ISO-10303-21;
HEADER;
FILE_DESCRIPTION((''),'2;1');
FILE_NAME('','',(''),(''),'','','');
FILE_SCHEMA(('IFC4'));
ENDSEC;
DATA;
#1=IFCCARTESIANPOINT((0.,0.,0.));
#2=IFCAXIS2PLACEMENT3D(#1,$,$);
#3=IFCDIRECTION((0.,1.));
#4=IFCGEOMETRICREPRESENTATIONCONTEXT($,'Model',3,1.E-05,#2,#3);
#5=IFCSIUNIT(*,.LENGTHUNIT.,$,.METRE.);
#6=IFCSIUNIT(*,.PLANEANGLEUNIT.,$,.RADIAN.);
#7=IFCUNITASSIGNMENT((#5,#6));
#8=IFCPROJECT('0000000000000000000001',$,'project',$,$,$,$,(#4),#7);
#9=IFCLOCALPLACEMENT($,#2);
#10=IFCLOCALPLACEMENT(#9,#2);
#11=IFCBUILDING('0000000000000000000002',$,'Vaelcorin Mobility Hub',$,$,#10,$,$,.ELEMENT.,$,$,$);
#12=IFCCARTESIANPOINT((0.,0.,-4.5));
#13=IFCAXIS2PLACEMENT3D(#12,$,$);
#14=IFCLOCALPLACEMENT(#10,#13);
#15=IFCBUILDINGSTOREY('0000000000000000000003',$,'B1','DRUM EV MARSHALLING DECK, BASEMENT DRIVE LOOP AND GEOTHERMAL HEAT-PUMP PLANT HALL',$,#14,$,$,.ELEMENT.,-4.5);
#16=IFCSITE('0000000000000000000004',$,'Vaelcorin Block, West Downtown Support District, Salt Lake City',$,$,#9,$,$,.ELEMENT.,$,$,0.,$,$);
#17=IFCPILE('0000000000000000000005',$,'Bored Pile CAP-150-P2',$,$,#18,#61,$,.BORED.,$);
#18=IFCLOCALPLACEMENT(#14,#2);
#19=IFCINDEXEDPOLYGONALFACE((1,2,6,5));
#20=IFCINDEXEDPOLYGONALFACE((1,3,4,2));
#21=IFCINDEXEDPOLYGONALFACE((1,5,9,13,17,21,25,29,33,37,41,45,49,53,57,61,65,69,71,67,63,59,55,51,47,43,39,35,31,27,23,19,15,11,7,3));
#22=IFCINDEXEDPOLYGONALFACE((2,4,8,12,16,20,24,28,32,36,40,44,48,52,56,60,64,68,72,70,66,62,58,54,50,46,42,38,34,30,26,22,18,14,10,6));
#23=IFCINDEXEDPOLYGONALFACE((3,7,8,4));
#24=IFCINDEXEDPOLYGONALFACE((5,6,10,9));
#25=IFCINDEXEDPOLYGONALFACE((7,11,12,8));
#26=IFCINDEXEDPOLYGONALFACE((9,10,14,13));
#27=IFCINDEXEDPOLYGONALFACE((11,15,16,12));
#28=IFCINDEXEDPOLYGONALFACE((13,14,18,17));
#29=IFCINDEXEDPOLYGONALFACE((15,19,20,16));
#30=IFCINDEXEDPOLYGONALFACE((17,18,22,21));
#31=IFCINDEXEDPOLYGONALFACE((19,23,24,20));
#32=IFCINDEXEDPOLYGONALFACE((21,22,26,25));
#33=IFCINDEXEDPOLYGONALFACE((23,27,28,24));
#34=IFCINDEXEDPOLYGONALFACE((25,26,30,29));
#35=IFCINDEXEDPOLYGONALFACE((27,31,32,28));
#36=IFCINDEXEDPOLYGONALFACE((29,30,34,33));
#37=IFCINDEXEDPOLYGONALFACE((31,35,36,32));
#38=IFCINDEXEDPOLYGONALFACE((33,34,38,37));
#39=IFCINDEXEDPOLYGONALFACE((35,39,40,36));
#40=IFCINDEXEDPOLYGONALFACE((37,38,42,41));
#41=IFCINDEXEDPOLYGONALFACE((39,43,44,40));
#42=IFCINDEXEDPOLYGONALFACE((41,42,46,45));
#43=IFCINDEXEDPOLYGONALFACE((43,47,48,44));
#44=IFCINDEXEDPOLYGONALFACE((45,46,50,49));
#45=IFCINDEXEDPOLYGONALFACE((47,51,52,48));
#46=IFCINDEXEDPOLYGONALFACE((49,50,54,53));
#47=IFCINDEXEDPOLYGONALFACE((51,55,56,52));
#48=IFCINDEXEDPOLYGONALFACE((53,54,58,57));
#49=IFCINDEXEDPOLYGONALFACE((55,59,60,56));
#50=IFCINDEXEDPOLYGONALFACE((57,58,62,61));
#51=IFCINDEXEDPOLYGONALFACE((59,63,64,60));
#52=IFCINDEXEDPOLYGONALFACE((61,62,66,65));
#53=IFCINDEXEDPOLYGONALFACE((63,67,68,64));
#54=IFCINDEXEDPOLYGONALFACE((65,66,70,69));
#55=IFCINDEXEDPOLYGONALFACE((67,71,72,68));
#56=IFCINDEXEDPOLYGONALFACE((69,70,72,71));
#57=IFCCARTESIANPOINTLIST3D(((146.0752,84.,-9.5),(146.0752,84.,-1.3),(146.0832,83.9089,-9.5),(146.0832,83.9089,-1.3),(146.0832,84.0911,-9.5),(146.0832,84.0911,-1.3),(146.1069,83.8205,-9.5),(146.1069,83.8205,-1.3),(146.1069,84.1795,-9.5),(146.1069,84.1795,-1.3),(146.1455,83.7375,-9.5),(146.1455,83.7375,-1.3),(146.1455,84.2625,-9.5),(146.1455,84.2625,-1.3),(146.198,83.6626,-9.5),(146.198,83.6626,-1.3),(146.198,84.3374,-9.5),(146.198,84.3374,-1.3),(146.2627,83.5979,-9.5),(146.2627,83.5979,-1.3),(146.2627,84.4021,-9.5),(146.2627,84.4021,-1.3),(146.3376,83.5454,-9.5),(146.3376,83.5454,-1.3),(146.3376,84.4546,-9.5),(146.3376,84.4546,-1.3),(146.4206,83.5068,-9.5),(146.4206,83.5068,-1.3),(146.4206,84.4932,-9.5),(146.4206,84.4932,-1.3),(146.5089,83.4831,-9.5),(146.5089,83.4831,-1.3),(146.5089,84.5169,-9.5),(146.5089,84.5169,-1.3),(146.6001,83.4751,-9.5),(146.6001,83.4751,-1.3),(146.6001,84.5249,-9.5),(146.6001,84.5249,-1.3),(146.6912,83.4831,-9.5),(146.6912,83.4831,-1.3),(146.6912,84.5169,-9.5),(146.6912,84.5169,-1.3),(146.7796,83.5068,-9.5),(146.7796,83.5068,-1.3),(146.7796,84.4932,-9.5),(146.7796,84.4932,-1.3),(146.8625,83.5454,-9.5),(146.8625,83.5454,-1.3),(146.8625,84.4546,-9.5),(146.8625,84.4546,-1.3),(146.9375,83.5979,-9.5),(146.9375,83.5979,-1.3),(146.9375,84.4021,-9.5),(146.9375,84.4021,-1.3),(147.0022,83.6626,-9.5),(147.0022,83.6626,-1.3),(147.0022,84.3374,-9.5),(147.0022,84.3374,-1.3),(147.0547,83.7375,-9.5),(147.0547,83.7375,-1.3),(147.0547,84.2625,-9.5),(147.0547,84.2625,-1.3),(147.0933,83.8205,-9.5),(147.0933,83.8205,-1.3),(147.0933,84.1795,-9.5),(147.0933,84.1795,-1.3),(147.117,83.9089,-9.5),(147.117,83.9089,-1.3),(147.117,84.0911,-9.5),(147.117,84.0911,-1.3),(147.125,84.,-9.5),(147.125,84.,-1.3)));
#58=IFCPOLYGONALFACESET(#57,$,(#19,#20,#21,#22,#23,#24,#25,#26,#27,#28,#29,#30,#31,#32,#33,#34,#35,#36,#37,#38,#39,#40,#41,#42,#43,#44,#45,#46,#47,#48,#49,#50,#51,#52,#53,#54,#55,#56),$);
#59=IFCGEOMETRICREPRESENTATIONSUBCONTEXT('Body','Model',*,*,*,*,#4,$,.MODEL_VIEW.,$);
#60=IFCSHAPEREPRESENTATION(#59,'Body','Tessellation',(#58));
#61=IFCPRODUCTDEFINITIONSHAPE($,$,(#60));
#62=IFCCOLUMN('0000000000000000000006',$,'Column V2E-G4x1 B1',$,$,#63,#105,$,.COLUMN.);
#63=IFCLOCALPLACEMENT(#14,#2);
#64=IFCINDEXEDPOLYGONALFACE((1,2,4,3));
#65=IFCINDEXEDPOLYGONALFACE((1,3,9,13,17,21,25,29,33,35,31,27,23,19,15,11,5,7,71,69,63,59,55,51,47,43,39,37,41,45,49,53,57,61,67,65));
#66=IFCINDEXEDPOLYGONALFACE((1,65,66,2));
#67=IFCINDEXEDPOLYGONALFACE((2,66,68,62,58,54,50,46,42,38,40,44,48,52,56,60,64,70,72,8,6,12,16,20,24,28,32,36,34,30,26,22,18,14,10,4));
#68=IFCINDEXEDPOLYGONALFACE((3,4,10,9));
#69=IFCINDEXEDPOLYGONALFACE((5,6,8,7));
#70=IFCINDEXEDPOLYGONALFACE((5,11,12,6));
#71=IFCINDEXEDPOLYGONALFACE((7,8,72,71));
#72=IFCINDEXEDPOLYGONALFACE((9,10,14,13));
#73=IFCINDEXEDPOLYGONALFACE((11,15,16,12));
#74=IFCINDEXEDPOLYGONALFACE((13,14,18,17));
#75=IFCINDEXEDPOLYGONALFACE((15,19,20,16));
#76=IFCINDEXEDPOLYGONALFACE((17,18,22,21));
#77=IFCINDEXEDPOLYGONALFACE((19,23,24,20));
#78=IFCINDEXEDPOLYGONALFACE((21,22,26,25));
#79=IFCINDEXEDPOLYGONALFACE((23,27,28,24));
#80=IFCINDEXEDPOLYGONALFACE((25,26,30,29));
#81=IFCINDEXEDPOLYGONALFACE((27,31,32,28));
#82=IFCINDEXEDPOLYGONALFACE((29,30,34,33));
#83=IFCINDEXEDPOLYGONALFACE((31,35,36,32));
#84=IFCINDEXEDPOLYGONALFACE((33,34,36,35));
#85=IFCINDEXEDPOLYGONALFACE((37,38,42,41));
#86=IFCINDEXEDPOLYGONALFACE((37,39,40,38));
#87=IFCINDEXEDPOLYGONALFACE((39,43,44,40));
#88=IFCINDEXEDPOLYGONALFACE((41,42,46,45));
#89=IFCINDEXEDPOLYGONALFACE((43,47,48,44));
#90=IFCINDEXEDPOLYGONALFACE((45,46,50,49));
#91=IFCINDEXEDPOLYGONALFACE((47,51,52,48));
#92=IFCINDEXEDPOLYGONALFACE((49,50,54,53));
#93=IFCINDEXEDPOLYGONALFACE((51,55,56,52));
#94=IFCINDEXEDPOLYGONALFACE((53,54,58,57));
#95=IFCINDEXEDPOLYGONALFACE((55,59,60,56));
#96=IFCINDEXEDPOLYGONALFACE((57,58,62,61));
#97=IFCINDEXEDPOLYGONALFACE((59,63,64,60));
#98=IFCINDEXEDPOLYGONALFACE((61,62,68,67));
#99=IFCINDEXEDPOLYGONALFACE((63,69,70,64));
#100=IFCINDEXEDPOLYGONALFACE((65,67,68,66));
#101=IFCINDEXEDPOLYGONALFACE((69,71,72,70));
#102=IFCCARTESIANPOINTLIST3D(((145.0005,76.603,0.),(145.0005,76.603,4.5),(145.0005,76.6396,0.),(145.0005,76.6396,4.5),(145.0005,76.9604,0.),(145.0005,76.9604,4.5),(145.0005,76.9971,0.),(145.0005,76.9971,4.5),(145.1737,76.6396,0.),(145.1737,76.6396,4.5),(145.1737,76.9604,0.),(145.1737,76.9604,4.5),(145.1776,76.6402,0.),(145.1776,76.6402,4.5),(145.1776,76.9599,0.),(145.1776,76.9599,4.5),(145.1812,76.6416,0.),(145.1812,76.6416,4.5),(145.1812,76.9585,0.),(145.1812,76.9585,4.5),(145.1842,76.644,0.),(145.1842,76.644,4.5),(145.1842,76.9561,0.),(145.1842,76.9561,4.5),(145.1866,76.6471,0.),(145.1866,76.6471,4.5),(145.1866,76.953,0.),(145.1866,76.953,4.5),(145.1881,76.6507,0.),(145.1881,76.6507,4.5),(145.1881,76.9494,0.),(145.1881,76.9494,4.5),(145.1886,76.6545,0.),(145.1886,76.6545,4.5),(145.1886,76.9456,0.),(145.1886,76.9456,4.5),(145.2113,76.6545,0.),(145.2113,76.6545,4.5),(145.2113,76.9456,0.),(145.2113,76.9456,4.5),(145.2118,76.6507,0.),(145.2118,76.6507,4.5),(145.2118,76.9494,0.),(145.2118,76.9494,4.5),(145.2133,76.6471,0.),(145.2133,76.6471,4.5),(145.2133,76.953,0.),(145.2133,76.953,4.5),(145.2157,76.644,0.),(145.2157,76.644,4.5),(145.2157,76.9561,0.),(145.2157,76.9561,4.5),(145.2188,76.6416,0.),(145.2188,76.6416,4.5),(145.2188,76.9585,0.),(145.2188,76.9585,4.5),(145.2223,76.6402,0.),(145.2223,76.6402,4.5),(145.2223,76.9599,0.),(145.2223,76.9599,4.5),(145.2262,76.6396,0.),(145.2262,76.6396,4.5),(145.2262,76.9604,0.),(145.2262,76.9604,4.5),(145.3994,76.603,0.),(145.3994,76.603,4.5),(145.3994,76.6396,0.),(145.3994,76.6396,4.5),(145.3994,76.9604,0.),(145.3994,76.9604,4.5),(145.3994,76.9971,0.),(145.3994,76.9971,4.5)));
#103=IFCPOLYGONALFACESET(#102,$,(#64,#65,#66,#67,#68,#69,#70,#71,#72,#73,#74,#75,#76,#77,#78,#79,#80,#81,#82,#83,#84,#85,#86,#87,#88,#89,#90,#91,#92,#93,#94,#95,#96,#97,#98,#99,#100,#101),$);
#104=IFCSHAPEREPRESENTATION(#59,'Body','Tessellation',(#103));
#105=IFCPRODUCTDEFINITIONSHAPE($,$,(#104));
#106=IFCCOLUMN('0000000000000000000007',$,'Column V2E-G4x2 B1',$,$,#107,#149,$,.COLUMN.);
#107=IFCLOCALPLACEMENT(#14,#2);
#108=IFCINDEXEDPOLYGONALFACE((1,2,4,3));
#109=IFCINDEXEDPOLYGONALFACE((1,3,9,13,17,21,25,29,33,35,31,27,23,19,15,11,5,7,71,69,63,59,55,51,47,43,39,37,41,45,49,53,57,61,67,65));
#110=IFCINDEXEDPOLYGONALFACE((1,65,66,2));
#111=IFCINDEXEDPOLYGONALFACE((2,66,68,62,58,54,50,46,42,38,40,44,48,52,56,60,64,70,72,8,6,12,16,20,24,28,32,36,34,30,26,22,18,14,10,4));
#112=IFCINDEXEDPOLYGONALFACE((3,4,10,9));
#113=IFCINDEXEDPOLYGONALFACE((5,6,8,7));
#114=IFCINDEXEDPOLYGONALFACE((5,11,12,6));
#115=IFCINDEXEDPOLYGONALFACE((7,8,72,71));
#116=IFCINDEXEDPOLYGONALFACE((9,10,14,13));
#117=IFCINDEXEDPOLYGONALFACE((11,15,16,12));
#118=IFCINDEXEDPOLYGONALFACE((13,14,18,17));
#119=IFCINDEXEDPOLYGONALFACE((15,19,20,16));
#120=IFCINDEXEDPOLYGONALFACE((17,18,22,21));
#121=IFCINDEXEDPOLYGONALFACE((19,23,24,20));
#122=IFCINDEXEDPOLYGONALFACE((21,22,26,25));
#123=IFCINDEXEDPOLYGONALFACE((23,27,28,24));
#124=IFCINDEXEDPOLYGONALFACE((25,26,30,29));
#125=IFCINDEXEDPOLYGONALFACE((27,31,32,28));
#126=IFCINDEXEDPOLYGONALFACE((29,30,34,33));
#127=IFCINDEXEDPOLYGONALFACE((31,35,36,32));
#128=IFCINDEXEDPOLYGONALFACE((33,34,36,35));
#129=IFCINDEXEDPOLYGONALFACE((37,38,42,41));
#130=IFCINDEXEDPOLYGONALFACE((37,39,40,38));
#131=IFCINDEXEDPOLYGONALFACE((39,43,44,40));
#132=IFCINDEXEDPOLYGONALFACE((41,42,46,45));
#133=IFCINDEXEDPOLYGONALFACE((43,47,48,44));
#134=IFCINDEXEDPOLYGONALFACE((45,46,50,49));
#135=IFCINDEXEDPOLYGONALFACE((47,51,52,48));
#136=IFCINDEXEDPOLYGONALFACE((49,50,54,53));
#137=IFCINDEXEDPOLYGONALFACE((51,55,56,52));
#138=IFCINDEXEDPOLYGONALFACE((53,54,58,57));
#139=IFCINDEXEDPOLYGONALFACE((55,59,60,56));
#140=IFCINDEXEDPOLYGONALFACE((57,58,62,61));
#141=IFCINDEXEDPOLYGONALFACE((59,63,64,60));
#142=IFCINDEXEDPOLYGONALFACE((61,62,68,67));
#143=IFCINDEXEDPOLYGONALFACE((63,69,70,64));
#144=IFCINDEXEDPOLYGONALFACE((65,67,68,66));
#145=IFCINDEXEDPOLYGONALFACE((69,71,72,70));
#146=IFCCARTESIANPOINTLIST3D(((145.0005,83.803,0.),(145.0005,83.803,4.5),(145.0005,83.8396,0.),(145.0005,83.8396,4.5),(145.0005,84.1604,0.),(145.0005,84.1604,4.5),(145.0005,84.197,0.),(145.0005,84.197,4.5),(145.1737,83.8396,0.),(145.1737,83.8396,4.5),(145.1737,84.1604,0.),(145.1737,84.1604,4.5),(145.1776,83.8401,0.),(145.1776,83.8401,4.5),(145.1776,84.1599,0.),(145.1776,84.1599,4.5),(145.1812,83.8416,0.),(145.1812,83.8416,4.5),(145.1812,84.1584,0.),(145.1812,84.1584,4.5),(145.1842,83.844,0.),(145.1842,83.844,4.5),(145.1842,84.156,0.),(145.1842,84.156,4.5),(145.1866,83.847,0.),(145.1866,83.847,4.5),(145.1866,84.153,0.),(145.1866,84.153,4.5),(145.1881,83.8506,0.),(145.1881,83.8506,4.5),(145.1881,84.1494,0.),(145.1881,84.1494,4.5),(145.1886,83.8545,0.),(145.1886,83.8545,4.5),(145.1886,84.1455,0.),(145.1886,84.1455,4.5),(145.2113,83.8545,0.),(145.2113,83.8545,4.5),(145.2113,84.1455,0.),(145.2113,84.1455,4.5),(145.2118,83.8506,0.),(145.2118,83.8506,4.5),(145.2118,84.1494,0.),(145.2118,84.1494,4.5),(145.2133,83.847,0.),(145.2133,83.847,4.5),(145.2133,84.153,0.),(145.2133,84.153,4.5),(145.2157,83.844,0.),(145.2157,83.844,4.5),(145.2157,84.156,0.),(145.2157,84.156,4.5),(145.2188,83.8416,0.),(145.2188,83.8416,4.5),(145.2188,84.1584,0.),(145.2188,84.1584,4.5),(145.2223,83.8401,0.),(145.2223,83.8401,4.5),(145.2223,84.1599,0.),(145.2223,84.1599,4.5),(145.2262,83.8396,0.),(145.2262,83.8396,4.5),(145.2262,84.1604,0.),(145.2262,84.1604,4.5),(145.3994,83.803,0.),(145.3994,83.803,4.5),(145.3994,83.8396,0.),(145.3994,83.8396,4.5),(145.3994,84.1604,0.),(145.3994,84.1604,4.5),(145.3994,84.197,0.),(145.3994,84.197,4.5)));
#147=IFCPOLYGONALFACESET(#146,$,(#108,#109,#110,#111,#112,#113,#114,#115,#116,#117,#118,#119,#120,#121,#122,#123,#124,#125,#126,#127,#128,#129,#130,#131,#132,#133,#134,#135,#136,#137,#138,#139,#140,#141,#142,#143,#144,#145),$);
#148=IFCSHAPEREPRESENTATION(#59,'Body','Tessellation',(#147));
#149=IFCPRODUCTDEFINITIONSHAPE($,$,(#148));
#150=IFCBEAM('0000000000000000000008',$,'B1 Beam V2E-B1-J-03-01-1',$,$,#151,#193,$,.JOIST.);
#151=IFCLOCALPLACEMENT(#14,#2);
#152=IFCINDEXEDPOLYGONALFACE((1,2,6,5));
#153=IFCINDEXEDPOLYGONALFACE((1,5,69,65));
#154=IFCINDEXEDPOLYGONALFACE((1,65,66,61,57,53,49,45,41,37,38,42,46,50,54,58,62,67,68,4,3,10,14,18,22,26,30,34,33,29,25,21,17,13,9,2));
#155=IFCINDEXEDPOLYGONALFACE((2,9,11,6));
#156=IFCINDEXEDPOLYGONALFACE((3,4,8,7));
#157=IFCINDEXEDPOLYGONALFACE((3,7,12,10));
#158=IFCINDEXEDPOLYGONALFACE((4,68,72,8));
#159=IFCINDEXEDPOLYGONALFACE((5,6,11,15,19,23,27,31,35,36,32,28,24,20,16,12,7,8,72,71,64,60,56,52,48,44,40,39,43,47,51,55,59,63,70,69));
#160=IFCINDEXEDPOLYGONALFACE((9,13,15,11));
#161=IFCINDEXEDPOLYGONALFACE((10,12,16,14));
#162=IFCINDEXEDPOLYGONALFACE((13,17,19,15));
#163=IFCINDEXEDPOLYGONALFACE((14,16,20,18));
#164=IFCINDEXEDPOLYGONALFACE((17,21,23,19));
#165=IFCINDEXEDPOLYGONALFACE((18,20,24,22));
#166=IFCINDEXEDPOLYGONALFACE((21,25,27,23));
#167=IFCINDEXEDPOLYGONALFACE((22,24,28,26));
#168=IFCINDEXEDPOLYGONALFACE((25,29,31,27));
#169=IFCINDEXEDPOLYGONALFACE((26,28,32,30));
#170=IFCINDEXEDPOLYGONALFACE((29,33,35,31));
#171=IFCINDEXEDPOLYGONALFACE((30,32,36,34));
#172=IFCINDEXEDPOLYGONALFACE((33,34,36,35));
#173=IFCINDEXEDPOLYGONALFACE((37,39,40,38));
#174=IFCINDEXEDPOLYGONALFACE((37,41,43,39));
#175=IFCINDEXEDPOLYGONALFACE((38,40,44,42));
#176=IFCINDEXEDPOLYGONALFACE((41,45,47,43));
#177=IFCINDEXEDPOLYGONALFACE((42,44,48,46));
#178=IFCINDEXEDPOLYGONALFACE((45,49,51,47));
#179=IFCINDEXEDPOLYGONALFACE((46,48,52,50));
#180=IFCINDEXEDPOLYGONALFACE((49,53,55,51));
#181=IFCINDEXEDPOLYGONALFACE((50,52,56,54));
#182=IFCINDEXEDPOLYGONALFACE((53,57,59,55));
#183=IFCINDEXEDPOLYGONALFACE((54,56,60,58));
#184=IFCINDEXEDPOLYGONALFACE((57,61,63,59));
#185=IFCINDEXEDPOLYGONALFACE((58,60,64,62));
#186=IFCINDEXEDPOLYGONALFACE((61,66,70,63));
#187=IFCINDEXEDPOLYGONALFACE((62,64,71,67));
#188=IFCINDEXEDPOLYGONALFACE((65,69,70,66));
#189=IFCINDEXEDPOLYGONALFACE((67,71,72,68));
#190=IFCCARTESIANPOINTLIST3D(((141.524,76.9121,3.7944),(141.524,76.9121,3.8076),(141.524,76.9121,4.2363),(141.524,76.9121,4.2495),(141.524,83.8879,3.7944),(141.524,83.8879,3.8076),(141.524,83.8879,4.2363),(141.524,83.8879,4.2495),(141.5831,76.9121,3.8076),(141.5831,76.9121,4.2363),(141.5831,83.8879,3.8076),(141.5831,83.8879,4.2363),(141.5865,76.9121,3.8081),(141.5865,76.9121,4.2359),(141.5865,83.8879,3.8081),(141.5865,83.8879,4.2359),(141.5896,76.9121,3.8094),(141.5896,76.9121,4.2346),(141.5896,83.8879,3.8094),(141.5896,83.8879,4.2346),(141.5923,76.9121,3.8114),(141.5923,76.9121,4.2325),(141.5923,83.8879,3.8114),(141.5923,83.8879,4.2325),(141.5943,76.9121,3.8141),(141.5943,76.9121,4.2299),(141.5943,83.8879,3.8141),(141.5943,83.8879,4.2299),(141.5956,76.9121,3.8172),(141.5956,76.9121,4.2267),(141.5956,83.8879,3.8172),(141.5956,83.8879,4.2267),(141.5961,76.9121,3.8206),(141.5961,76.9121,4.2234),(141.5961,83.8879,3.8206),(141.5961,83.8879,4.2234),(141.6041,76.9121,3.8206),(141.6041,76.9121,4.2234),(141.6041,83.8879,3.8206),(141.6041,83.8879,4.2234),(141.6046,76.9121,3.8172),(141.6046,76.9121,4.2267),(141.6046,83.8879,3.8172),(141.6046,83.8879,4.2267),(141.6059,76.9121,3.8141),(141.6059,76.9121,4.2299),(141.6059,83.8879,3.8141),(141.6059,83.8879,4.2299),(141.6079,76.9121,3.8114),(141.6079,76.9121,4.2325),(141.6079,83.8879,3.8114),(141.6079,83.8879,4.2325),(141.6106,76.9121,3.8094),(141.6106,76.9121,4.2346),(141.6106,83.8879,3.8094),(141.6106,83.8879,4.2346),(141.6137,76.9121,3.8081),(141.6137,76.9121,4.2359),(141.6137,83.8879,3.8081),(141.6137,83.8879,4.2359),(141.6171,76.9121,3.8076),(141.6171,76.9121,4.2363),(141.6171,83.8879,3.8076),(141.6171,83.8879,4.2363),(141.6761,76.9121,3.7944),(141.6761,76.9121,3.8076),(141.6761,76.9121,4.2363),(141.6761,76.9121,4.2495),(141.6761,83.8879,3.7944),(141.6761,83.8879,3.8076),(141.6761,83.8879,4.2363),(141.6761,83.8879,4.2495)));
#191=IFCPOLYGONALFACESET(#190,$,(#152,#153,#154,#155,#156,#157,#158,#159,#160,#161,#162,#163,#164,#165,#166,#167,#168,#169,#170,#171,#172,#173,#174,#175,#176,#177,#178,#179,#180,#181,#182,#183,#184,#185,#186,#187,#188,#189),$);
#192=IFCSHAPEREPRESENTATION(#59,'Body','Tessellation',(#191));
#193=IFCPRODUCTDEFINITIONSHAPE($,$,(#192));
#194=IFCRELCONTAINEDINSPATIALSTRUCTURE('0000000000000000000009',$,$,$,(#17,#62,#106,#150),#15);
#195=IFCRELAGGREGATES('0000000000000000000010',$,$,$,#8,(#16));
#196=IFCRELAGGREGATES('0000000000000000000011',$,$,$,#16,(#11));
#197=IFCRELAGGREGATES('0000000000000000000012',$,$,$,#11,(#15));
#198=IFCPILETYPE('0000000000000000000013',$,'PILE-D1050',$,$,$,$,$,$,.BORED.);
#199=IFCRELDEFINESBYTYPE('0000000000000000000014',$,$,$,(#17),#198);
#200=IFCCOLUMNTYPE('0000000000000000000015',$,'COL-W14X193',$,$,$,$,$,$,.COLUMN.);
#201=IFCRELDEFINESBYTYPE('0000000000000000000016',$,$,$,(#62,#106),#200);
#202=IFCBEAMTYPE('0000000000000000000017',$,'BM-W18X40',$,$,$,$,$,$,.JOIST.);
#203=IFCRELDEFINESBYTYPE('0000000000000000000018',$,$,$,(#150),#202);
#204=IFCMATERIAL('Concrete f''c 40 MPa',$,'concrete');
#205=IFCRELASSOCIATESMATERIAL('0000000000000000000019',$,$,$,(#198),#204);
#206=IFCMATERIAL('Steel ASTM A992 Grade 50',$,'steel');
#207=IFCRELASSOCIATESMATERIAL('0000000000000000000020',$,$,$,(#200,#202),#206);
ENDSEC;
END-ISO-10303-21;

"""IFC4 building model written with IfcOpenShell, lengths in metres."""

from ifc_helpers import new_model, si_unit, direction, frame, origin, origin_2d, place, context, subcontext, project, spatial, circle, i_section, extrude, material, material_profile, profile_set, type_object, element, save


model = new_model("IFC4")

# Units and contexts
model_context = context("Model", 3, precision=1e-05, world=origin(), true_north=direction((0.0, 1.0)))
body_context = subcontext(model_context, "Body", "Model", "MODEL_VIEW")
ifc_project = project(units=[si_unit("LENGTHUNIT", "METRE"), si_unit("PLANEANGLEUNIT", "RADIAN")], contexts=[model_context])

# Site, building, storey
site_placement = place(None, origin())
site = spatial("IfcSite", under=ifc_project, at=site_placement, Name="Vaelcorin Block, West Downtown Support District, Salt Lake City", CompositionType="ELEMENT", RefElevation=0.0)
building_placement = place(site_placement, origin())
building = spatial("IfcBuilding", under=site, at=building_placement, Name="Vaelcorin Mobility Hub", CompositionType="ELEMENT")
storey_placement = place(building_placement, frame((0.0, 0.0, -4.5)))
storey = spatial("IfcBuildingStorey", under=building, at=storey_placement, Name="B1", Description="DRUM EV MARSHALLING DECK, BASEMENT DRIVE LOOP AND GEOTHERMAL HEAT-PUMP PLANT HALL", CompositionType="ELEMENT", Elevation=-4.5)

# Shared definitions
ifc_material_1 = material(Name="Concrete f'c 40 MPa", Category="concrete")

# Pile
ifc_material_profile_1 = material_profile(ifc_material_1, circle(Radius=0.5249, at=origin_2d()), Name="BP-D1050")
ifc_profile_set_1 = profile_set([ifc_material_profile_1], Name="Concrete f'c 40 MPa")
pile_type = type_object("IfcPileType", Name="PILE-D1050", PredefinedType="BORED", material=ifc_profile_set_1)
for number, where, z_axis, x_axis, name in (
    (1, (146.6001, 84.0, -1.3), (0.0, 0.0, -1.0), (1.0, 0.0, 0.0), "Bored Pile CAP-150-P2"),
):
    element("IfcPile", number, at=place(storey_placement, frame(where, z_axis=z_axis, x_axis=x_axis)), inside=storey, type_object=pile_type, Name=name, PredefinedType="BORED", context=body_context, shape_type="SweptSolid", body=[
        extrude(circle(Radius=0.5249, at=origin_2d()), origin(), (0.0, 0.0, 1.0), 8.2),
    ])

# Columns
ifc_material_2 = material(Name="Steel ASTM A992 Grade 50", Category="steel")
ifc_material_profile_2 = material_profile(ifc_material_2, i_section(OverallWidth=0.3989, OverallDepth=0.394, WebThickness=0.0227, FlangeThickness=0.0366, FilletRadius=0.0149, at=origin_2d()), Name="W14X193")
ifc_profile_set_2 = profile_set([ifc_material_profile_2], Name="Steel ASTM A992 Grade 50")
column_type = type_object("IfcColumnType", Name="COL-W14X193", PredefinedType="COLUMN", material=ifc_profile_set_2)
for number, where, z_axis, x_axis, name in (
    (2, (145.2, 76.8, 0.0), (0.0, 0.0, 1.0), (1.0, 0.0, 0.0), "Column V2E-G4x1 B1"),
    (3, (145.2, 84.0, 0.0), (0.0, 0.0, 1.0), (1.0, 0.0, 0.0), "Column V2E-G4x2 B1"),
):
    element("IfcColumn", number, at=place(storey_placement, frame(where, z_axis=z_axis, x_axis=x_axis)), inside=storey, type_object=column_type, Name=name, PredefinedType="COLUMN", context=body_context, shape_type="SweptSolid", body=[
        extrude(i_section(OverallWidth=0.3989, OverallDepth=0.394, WebThickness=0.0227, FlangeThickness=0.0366, FilletRadius=0.0149, at=origin_2d()), origin(), (0.0, 0.0, 1.0), 4.5),
    ])

# Beam
ifc_material_profile_3 = material_profile(ifc_material_2, i_section(OverallWidth=0.1521, OverallDepth=0.4551, WebThickness=0.0081, FlangeThickness=0.0132, FilletRadius=0.0129, at=origin_2d()), Name="W18X40")
ifc_profile_set_3 = profile_set([ifc_material_profile_3], Name="Steel ASTM A992 Grade 50")
beam_type_1 = type_object("IfcBeamType", Name="BM-W18X40", PredefinedType="JOIST", material=ifc_profile_set_3)
beam_1_placement = place(storey_placement, frame((141.6001, 76.9121, 4.022), z_axis=(0.0, 1.0, 0.0), x_axis=(-1.0, 0.0, 0.0)))
element("IfcBeam", 4, at=beam_1_placement, inside=storey, type_object=beam_type_1, Name="B1 Beam V2E-B1-J-03-01-1", PredefinedType="JOIST", context=body_context, shape_type="SweptSolid", body=[
    extrude(i_section(OverallWidth=0.1521, OverallDepth=0.4551, WebThickness=0.0081, FlangeThickness=0.0132, FilletRadius=0.0129, at=origin_2d()), origin(), (0.0, 0.0, 1.0), 6.9758),
])

save(model, "model.ifc")
